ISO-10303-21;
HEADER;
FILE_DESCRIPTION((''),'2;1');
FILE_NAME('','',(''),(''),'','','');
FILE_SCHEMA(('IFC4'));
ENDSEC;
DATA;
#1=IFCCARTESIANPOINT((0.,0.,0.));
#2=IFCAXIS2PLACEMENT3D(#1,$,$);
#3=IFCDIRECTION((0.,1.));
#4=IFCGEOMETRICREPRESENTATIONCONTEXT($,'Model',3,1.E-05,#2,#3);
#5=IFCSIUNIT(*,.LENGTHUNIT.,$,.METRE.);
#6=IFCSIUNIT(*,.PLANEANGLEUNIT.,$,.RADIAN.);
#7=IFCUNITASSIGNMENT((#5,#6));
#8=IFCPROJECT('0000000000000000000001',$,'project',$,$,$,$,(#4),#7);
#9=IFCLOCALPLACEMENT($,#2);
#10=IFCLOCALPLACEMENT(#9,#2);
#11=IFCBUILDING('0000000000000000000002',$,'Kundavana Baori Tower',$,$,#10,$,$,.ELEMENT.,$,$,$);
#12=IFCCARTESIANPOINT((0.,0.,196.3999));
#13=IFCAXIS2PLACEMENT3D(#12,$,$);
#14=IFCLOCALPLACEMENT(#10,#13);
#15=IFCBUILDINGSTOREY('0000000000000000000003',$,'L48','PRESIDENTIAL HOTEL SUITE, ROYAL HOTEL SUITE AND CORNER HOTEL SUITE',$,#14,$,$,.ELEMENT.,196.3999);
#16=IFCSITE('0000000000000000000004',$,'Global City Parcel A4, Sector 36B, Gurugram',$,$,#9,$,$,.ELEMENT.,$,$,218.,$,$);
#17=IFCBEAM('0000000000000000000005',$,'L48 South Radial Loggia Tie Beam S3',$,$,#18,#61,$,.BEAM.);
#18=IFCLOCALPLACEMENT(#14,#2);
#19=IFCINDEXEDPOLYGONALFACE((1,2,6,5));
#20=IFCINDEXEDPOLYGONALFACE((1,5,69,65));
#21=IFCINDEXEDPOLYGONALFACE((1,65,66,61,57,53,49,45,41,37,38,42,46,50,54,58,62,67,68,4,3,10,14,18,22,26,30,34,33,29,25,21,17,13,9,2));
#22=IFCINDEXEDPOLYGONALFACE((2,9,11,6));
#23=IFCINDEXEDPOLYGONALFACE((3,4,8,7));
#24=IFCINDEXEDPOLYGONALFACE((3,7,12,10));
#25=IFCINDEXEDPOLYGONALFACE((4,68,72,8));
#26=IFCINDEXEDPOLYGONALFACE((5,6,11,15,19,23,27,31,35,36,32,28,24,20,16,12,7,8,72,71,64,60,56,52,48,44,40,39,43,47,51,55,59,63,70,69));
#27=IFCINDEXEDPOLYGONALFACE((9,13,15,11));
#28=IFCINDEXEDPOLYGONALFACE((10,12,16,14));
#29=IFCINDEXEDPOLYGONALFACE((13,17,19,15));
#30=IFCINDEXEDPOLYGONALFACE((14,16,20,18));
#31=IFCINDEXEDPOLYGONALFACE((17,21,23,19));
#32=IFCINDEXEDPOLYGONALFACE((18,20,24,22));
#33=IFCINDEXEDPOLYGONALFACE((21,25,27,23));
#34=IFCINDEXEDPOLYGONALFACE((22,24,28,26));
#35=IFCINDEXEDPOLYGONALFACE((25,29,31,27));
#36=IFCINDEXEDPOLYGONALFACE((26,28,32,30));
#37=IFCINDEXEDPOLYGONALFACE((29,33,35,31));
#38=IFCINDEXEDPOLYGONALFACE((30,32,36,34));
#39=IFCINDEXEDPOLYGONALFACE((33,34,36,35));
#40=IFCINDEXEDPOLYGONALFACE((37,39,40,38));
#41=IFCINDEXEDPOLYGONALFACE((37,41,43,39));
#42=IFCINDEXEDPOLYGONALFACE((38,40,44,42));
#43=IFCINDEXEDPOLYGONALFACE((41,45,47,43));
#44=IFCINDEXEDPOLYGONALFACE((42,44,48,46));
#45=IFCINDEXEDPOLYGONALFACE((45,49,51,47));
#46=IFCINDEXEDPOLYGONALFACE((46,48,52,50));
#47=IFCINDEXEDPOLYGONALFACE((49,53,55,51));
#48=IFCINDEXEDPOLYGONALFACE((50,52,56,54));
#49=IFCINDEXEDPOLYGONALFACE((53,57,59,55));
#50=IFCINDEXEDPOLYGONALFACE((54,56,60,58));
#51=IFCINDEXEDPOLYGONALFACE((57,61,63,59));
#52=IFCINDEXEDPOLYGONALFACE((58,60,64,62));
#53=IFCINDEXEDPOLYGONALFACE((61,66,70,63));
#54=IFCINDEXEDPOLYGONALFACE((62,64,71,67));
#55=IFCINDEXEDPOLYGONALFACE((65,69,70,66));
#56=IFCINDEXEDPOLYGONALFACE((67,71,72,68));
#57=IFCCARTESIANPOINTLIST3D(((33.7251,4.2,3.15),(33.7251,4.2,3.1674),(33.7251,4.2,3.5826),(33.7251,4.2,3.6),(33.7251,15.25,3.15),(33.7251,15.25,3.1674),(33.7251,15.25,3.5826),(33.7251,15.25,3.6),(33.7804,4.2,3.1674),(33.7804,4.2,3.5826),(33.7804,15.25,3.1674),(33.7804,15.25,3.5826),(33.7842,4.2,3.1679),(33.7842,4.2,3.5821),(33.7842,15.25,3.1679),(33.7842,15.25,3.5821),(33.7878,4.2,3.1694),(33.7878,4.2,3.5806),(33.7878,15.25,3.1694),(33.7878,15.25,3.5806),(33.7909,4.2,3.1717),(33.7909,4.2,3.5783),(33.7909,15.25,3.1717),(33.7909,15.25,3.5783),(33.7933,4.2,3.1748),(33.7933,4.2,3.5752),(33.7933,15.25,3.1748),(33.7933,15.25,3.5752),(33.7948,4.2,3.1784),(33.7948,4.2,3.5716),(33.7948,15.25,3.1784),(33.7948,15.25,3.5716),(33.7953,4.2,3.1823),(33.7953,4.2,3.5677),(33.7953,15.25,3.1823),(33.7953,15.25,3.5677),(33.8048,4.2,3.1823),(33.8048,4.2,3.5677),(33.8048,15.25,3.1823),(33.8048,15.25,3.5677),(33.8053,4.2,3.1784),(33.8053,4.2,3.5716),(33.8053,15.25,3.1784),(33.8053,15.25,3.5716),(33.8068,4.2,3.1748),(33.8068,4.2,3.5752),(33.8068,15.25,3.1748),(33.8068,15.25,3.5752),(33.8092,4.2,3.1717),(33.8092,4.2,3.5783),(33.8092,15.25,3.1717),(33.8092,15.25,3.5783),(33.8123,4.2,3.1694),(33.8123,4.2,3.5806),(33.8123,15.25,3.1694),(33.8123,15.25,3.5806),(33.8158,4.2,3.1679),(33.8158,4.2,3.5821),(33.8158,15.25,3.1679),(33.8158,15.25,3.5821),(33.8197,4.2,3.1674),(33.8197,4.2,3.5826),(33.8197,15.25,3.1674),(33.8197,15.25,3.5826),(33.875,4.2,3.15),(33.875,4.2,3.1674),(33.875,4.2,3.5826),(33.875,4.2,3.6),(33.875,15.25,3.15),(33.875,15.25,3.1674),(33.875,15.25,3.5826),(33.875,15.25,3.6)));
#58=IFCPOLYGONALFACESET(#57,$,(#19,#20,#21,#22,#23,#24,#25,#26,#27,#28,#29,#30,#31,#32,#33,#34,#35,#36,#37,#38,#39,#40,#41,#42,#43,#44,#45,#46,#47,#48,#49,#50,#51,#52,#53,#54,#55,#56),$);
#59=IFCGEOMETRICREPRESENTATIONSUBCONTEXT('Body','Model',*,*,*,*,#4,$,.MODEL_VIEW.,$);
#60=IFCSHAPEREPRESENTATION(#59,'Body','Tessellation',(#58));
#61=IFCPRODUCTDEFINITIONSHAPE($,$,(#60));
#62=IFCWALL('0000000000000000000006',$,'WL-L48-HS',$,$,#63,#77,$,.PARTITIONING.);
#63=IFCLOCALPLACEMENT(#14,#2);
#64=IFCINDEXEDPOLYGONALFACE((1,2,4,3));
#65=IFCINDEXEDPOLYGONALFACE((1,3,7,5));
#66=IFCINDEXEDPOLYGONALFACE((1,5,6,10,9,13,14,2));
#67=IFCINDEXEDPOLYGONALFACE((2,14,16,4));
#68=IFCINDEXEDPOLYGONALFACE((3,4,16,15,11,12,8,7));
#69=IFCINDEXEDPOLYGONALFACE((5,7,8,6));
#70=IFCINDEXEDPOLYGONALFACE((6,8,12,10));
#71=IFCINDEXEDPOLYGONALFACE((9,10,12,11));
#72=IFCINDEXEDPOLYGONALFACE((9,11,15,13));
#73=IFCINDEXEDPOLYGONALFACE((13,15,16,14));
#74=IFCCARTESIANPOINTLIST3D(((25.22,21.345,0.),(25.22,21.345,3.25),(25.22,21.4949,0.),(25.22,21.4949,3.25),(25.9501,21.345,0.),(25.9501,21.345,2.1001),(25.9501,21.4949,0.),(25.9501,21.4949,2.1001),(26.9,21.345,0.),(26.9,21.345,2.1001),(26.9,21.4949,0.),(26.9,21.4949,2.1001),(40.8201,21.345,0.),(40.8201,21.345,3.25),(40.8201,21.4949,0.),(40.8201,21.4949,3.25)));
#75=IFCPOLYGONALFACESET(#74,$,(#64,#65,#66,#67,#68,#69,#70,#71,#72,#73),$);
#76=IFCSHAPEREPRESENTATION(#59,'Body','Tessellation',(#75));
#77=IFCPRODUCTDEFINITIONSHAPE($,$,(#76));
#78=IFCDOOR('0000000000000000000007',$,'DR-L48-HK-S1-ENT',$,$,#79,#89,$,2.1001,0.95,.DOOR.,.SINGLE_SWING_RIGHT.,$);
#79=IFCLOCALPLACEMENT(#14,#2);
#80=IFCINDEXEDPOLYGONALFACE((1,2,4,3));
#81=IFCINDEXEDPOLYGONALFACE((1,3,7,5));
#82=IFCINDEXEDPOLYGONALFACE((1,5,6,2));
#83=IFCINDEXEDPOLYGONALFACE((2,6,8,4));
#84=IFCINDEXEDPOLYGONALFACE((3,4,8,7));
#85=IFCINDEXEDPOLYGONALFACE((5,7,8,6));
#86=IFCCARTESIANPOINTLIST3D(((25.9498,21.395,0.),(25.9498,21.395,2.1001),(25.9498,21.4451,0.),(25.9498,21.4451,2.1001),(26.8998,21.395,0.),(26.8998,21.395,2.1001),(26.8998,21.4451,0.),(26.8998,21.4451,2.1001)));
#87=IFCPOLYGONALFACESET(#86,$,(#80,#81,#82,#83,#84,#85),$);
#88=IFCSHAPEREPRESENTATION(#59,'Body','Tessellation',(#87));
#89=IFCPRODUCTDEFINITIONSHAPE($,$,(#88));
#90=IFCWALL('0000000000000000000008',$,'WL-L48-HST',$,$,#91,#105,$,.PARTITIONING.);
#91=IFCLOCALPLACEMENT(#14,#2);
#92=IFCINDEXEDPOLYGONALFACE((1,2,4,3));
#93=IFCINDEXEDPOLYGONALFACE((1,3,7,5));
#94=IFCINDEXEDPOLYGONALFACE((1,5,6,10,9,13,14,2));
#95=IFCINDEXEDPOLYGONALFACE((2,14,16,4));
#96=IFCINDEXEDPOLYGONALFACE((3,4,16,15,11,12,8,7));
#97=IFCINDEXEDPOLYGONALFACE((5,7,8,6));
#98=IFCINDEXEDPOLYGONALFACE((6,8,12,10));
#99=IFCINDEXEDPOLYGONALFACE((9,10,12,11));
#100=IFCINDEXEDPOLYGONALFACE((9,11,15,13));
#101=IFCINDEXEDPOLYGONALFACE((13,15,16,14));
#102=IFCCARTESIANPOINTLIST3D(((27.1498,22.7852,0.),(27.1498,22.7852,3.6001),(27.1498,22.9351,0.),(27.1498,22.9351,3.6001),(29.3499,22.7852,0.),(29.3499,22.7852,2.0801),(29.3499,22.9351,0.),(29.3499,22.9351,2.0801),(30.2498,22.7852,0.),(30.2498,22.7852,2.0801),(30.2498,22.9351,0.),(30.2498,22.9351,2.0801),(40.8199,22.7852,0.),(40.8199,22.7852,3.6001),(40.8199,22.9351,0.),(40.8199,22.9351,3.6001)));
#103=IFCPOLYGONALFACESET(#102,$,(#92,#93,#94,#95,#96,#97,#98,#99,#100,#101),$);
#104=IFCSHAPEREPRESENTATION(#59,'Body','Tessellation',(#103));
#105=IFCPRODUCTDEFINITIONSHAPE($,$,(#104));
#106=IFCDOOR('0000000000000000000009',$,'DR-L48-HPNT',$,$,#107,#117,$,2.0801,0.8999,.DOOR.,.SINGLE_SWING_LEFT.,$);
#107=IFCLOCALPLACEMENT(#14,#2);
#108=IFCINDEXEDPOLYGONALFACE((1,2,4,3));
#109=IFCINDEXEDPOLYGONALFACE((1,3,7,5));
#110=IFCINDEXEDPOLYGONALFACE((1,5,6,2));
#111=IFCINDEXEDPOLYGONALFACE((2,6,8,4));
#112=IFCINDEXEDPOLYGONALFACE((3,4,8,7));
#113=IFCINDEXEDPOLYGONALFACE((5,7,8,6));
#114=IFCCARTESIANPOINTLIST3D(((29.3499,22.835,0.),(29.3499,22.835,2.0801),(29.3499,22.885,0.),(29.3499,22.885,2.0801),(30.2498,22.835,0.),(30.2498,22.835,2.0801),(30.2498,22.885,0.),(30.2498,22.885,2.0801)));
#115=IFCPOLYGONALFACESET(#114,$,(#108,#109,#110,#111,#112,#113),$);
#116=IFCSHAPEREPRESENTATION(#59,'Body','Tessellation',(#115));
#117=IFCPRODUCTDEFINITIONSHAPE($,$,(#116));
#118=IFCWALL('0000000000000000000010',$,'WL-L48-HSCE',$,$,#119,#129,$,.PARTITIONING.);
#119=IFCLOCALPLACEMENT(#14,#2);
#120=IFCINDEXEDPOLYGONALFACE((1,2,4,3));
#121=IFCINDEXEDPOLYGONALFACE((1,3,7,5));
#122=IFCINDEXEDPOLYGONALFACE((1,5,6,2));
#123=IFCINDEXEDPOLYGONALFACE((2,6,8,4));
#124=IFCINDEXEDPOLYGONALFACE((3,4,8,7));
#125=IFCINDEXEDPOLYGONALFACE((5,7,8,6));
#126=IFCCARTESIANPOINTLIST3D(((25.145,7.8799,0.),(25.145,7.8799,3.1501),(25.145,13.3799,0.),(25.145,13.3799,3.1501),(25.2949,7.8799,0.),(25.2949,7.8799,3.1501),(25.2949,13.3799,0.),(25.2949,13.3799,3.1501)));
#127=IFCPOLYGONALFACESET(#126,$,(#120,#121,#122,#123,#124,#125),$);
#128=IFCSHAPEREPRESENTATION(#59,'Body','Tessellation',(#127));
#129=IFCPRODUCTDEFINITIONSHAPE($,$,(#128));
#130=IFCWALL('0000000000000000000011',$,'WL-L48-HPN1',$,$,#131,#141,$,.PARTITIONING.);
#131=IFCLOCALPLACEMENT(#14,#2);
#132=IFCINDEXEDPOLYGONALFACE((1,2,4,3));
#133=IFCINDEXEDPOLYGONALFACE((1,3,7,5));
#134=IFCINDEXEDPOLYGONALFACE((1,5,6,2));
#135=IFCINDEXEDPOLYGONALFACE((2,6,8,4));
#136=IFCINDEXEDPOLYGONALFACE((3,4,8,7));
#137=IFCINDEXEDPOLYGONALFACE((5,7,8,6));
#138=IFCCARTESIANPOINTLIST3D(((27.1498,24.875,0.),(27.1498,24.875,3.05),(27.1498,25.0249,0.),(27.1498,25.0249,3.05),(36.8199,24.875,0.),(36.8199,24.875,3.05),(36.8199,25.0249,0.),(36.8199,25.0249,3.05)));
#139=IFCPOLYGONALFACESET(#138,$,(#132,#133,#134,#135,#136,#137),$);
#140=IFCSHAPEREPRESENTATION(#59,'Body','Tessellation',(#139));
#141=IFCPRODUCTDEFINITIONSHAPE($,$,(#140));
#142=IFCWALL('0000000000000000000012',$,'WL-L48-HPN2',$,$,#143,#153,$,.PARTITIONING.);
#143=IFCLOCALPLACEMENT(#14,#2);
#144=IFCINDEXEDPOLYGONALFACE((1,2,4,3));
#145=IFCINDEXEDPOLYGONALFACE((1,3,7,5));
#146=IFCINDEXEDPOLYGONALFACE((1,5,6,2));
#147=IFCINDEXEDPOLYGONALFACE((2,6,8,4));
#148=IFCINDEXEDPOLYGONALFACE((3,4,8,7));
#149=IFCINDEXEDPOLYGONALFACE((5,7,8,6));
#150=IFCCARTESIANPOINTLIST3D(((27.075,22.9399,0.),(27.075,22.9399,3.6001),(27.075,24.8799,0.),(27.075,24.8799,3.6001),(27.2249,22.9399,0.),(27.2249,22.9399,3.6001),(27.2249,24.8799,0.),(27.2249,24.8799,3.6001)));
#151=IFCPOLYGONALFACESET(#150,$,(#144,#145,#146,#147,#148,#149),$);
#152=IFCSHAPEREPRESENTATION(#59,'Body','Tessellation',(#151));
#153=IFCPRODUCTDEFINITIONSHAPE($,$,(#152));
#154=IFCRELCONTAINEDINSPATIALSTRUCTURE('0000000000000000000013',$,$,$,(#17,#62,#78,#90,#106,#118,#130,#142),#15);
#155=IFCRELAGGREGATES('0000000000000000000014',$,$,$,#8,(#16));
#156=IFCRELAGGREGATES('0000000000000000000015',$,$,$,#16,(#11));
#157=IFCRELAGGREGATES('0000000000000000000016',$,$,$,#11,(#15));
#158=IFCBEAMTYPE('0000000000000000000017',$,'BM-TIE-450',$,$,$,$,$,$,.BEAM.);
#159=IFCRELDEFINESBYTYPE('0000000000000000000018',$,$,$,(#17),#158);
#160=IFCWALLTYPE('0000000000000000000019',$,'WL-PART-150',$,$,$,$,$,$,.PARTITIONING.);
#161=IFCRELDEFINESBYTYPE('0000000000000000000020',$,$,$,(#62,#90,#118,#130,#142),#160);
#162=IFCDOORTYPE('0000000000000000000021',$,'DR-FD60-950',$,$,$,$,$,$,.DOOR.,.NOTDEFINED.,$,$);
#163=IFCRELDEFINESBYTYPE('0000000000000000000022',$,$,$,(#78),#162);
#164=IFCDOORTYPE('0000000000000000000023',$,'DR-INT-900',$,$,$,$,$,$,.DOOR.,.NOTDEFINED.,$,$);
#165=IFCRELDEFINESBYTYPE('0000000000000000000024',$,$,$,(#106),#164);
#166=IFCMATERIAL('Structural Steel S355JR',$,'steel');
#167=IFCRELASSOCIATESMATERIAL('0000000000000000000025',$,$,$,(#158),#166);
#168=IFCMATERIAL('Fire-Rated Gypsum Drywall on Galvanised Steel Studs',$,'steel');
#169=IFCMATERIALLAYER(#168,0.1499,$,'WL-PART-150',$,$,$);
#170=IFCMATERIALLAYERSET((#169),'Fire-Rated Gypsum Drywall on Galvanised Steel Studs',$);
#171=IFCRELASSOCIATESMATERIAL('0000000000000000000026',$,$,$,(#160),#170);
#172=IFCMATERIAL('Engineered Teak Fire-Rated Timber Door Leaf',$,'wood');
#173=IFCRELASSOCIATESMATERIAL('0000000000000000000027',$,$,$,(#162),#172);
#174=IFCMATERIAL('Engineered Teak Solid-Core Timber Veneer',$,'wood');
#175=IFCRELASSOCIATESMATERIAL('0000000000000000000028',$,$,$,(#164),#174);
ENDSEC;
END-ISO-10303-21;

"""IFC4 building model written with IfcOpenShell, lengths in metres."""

from ifc_helpers import new_model, si_unit, direction, frame, frame_2d, origin, origin_2d, place, context, subcontext, project, spatial, rectangle, i_section, extrude, material, layer, layer_set, material_profile, profile_set, type_object, element, fill, save


model = new_model("IFC4")

# Units and contexts
model_context = context("Model", 3, precision=1e-05, world=origin(), true_north=direction((0.0, 1.0)))
body_context = subcontext(model_context, "Body", "Model", "MODEL_VIEW")
ifc_project = project(units=[si_unit("LENGTHUNIT", "METRE"), si_unit("PLANEANGLEUNIT", "RADIAN")], contexts=[model_context])

# Site, building, storey
site_placement = place(None, origin())
site = spatial("IfcSite", under=ifc_project, at=site_placement, Name="Global City Parcel A4, Sector 36B, Gurugram", CompositionType="ELEMENT", RefElevation=218.0)
building_placement = place(site_placement, origin())
building = spatial("IfcBuilding", under=site, at=building_placement, Name="Kundavana Baori Tower", CompositionType="ELEMENT")
storey_placement = place(building_placement, frame((0.0, 0.0, 196.3999)))
storey = spatial("IfcBuildingStorey", under=building, at=storey_placement, Name="L48", Description="PRESIDENTIAL HOTEL SUITE, ROYAL HOTEL SUITE AND CORNER HOTEL SUITE", CompositionType="ELEMENT", Elevation=196.3999)

# Beam
ifc_material_1 = material(Name="Structural Steel S355JR", Category="steel")
ifc_material_profile_1 = material_profile(ifc_material_1, i_section(OverallWidth=0.1499, OverallDepth=0.45, WebThickness=0.0095, FlangeThickness=0.0173, FilletRadius=0.0149, at=origin_2d()), Name="ISMB 450")
ifc_profile_set_1 = profile_set([ifc_material_profile_1], Name="Structural Steel S355JR")
beam_type_1 = type_object("IfcBeamType", Name="BM-TIE-450", PredefinedType="BEAM", material=ifc_profile_set_1)
for number, where, z_axis, x_axis, name in (
    (1, (33.8, 15.25, 3.375), (0.0, -1.0, 0.0), (1.0, 0.0, 0.0), "L48 South Radial Loggia Tie Beam S3"),
):
    element("IfcBeam", number, at=place(storey_placement, frame(where, z_axis=z_axis, x_axis=x_axis)), inside=storey, type_object=beam_type_1, Name=name, PredefinedType="BEAM", context=body_context, shape_type="SweptSolid", body=[
        extrude(i_section(OverallWidth=0.1499, OverallDepth=0.45, WebThickness=0.0095, FlangeThickness=0.0173, FilletRadius=0.0149, at=origin_2d()), origin(), (0.0, 0.0, 1.0), 11.05),
    ])

# Walls, openings, doors
ifc_material_2 = material(Name="Fire-Rated Gypsum Drywall on Galvanised Steel Studs", Category="steel")
ifc_layer = layer(ifc_material_2, 0.1499, Name="WL-PART-150")
ifc_layer_set = layer_set([ifc_layer], Name="Fire-Rated Gypsum Drywall on Galvanised Steel Studs")
wall_type = type_object("IfcWallType", Name="WL-PART-150", PredefinedType="PARTITIONING", material=ifc_layer_set)
wall_1_placement = place(storey_placement, frame((25.22, 21.4199, 0.0), z_axis=(0.0, 0.0, 1.0), x_axis=(1.0, 0.0, 0.0)))
wall_1 = element("IfcWall", 2, at=wall_1_placement, inside=storey, type_object=wall_type, Name="WL-L48-HS", PredefinedType="PARTITIONING", context=body_context, shape_type="SweptSolid", body=[
    extrude(rectangle(XDim=15.6001, YDim=0.1499, at=frame_2d((7.8, 0.0))), origin(), (0.0, 0.0, 1.0), 3.25),
])
opening_1_placement = place(wall_1_placement, frame((0.73, 0.0, 0.0)))
opening_1 = element("IfcOpeningElement", 3, at=opening_1_placement, cuts=wall_1, PredefinedType="OPENING", context=body_context, shape_type="SweptSolid", body=[
    extrude(rectangle(XDim=0.95, YDim=2.1001, at=frame_2d((0.4751, 1.05))), frame((0.0, 0.085, 0.0), z_axis=(0.0, -1.0, 0.0), x_axis=(1.0, 0.0, 0.0)), (0.0, 0.0, 1.0), 0.1699),
])
ifc_material_3 = material(Name="Engineered Teak Fire-Rated Timber Door Leaf", Category="wood")
door_type_1 = type_object("IfcDoorType", Name="DR-FD60-950", OperationType="NOTDEFINED", PredefinedType="DOOR", material=ifc_material_3)
door_1_placement = place(opening_1_placement, frame((0.95, 0.0, 0.0), z_axis=(0.0, 0.0, 1.0), x_axis=(-1.0, 0.0, 0.0)))
door_1 = element("IfcDoor", 4, at=door_1_placement, inside=storey, type_object=door_type_1, Name="DR-L48-HK-S1-ENT", OperationType="SINGLE_SWING_RIGHT", OverallHeight=2.1001, OverallWidth=0.95, PredefinedType="DOOR", context=body_context, shape_type="SweptSolid", body=[
    extrude(rectangle(XDim=0.95, YDim=2.1001, at=frame_2d((0.4751, 1.05))), frame((0.0, 0.0249, 0.0), z_axis=(0.0, -1.0, 0.0), x_axis=(1.0, 0.0, 0.0)), (0.0, 0.0, 1.0), 0.05),
])
fill(opening_1, door_1)
wall_2_placement = place(storey_placement, frame((27.1499, 22.8601, 0.0), z_axis=(0.0, 0.0, 1.0), x_axis=(1.0, 0.0, 0.0)))
wall_2 = element("IfcWall", 5, at=wall_2_placement, inside=storey, type_object=wall_type, Name="WL-L48-HST", PredefinedType="PARTITIONING", context=body_context, shape_type="SweptSolid", body=[
    extrude(rectangle(XDim=13.6702, YDim=0.1499, at=frame_2d((6.835, 0.0))), origin(), (0.0, 0.0, 1.0), 3.6001),
])
opening_2_placement = place(wall_2_placement, frame((2.2, 0.0, 0.0)))
opening_2 = element("IfcOpeningElement", 6, at=opening_2_placement, cuts=wall_2, PredefinedType="OPENING", context=body_context, shape_type="SweptSolid", body=[
    extrude(rectangle(XDim=0.8999, YDim=2.0801, at=frame_2d((0.45, 1.04))), frame((0.0, 0.085, 0.0), z_axis=(0.0, -1.0, 0.0), x_axis=(1.0, 0.0, 0.0)), (0.0, 0.0, 1.0), 0.1699),
])
ifc_material_4 = material(Name="Engineered Teak Solid-Core Timber Veneer", Category="wood")
door_type_2 = type_object("IfcDoorType", Name="DR-INT-900", OperationType="NOTDEFINED", PredefinedType="DOOR", material=ifc_material_4)
door_2_placement = place(opening_2_placement, origin())
door_2 = element("IfcDoor", 7, at=door_2_placement, inside=storey, type_object=door_type_2, Name="DR-L48-HPNT", OperationType="SINGLE_SWING_LEFT", OverallHeight=2.0801, OverallWidth=0.8999, PredefinedType="DOOR", context=body_context, shape_type="SweptSolid", body=[
    extrude(rectangle(XDim=0.8999, YDim=2.0801, at=frame_2d((0.45, 1.04))), frame((0.0, 0.0249, 0.0), z_axis=(0.0, -1.0, 0.0), x_axis=(1.0, 0.0, 0.0)), (0.0, 0.0, 1.0), 0.05),
])
fill(opening_2, door_2)

# Walls
wall_3_placement = place(storey_placement, frame((25.22, 7.8799, 0.0), z_axis=(0.0, 0.0, 1.0), x_axis=(0.0, 1.0, 0.0)))
element("IfcWall", 8, at=wall_3_placement, inside=storey, type_object=wall_type, Name="WL-L48-HSCE", PredefinedType="PARTITIONING", context=body_context, shape_type="SweptSolid", body=[
    extrude(rectangle(XDim=5.5, YDim=0.1499, at=frame_2d((2.75, 0.0))), origin(), (0.0, 0.0, 1.0), 3.1501),
])
wall_4_placement = place(storey_placement, frame((27.1499, 24.95, 0.0), z_axis=(0.0, 0.0, 1.0), x_axis=(1.0, 0.0, 0.0)))
element("IfcWall", 9, at=wall_4_placement, inside=storey, type_object=wall_type, Name="WL-L48-HPN1", PredefinedType="PARTITIONING", context=body_context, shape_type="SweptSolid", body=[
    extrude(rectangle(XDim=9.6702, YDim=0.1499, at=frame_2d((4.835, 0.0))), origin(), (0.0, 0.0, 1.0), 3.05),
])
wall_5_placement = place(storey_placement, frame((27.1499, 22.9399, 0.0), z_axis=(0.0, 0.0, 1.0), x_axis=(0.0, 1.0, 0.0)))
element("IfcWall", 10, at=wall_5_placement, inside=storey, type_object=wall_type, Name="WL-L48-HPN2", PredefinedType="PARTITIONING", context=body_context, shape_type="SweptSolid", body=[
    extrude(rectangle(XDim=1.9399, YDim=0.1499, at=frame_2d((0.97, 0.0))), origin(), (0.0, 0.0, 1.0), 3.6001),
])

save(model, "model.ifc")
